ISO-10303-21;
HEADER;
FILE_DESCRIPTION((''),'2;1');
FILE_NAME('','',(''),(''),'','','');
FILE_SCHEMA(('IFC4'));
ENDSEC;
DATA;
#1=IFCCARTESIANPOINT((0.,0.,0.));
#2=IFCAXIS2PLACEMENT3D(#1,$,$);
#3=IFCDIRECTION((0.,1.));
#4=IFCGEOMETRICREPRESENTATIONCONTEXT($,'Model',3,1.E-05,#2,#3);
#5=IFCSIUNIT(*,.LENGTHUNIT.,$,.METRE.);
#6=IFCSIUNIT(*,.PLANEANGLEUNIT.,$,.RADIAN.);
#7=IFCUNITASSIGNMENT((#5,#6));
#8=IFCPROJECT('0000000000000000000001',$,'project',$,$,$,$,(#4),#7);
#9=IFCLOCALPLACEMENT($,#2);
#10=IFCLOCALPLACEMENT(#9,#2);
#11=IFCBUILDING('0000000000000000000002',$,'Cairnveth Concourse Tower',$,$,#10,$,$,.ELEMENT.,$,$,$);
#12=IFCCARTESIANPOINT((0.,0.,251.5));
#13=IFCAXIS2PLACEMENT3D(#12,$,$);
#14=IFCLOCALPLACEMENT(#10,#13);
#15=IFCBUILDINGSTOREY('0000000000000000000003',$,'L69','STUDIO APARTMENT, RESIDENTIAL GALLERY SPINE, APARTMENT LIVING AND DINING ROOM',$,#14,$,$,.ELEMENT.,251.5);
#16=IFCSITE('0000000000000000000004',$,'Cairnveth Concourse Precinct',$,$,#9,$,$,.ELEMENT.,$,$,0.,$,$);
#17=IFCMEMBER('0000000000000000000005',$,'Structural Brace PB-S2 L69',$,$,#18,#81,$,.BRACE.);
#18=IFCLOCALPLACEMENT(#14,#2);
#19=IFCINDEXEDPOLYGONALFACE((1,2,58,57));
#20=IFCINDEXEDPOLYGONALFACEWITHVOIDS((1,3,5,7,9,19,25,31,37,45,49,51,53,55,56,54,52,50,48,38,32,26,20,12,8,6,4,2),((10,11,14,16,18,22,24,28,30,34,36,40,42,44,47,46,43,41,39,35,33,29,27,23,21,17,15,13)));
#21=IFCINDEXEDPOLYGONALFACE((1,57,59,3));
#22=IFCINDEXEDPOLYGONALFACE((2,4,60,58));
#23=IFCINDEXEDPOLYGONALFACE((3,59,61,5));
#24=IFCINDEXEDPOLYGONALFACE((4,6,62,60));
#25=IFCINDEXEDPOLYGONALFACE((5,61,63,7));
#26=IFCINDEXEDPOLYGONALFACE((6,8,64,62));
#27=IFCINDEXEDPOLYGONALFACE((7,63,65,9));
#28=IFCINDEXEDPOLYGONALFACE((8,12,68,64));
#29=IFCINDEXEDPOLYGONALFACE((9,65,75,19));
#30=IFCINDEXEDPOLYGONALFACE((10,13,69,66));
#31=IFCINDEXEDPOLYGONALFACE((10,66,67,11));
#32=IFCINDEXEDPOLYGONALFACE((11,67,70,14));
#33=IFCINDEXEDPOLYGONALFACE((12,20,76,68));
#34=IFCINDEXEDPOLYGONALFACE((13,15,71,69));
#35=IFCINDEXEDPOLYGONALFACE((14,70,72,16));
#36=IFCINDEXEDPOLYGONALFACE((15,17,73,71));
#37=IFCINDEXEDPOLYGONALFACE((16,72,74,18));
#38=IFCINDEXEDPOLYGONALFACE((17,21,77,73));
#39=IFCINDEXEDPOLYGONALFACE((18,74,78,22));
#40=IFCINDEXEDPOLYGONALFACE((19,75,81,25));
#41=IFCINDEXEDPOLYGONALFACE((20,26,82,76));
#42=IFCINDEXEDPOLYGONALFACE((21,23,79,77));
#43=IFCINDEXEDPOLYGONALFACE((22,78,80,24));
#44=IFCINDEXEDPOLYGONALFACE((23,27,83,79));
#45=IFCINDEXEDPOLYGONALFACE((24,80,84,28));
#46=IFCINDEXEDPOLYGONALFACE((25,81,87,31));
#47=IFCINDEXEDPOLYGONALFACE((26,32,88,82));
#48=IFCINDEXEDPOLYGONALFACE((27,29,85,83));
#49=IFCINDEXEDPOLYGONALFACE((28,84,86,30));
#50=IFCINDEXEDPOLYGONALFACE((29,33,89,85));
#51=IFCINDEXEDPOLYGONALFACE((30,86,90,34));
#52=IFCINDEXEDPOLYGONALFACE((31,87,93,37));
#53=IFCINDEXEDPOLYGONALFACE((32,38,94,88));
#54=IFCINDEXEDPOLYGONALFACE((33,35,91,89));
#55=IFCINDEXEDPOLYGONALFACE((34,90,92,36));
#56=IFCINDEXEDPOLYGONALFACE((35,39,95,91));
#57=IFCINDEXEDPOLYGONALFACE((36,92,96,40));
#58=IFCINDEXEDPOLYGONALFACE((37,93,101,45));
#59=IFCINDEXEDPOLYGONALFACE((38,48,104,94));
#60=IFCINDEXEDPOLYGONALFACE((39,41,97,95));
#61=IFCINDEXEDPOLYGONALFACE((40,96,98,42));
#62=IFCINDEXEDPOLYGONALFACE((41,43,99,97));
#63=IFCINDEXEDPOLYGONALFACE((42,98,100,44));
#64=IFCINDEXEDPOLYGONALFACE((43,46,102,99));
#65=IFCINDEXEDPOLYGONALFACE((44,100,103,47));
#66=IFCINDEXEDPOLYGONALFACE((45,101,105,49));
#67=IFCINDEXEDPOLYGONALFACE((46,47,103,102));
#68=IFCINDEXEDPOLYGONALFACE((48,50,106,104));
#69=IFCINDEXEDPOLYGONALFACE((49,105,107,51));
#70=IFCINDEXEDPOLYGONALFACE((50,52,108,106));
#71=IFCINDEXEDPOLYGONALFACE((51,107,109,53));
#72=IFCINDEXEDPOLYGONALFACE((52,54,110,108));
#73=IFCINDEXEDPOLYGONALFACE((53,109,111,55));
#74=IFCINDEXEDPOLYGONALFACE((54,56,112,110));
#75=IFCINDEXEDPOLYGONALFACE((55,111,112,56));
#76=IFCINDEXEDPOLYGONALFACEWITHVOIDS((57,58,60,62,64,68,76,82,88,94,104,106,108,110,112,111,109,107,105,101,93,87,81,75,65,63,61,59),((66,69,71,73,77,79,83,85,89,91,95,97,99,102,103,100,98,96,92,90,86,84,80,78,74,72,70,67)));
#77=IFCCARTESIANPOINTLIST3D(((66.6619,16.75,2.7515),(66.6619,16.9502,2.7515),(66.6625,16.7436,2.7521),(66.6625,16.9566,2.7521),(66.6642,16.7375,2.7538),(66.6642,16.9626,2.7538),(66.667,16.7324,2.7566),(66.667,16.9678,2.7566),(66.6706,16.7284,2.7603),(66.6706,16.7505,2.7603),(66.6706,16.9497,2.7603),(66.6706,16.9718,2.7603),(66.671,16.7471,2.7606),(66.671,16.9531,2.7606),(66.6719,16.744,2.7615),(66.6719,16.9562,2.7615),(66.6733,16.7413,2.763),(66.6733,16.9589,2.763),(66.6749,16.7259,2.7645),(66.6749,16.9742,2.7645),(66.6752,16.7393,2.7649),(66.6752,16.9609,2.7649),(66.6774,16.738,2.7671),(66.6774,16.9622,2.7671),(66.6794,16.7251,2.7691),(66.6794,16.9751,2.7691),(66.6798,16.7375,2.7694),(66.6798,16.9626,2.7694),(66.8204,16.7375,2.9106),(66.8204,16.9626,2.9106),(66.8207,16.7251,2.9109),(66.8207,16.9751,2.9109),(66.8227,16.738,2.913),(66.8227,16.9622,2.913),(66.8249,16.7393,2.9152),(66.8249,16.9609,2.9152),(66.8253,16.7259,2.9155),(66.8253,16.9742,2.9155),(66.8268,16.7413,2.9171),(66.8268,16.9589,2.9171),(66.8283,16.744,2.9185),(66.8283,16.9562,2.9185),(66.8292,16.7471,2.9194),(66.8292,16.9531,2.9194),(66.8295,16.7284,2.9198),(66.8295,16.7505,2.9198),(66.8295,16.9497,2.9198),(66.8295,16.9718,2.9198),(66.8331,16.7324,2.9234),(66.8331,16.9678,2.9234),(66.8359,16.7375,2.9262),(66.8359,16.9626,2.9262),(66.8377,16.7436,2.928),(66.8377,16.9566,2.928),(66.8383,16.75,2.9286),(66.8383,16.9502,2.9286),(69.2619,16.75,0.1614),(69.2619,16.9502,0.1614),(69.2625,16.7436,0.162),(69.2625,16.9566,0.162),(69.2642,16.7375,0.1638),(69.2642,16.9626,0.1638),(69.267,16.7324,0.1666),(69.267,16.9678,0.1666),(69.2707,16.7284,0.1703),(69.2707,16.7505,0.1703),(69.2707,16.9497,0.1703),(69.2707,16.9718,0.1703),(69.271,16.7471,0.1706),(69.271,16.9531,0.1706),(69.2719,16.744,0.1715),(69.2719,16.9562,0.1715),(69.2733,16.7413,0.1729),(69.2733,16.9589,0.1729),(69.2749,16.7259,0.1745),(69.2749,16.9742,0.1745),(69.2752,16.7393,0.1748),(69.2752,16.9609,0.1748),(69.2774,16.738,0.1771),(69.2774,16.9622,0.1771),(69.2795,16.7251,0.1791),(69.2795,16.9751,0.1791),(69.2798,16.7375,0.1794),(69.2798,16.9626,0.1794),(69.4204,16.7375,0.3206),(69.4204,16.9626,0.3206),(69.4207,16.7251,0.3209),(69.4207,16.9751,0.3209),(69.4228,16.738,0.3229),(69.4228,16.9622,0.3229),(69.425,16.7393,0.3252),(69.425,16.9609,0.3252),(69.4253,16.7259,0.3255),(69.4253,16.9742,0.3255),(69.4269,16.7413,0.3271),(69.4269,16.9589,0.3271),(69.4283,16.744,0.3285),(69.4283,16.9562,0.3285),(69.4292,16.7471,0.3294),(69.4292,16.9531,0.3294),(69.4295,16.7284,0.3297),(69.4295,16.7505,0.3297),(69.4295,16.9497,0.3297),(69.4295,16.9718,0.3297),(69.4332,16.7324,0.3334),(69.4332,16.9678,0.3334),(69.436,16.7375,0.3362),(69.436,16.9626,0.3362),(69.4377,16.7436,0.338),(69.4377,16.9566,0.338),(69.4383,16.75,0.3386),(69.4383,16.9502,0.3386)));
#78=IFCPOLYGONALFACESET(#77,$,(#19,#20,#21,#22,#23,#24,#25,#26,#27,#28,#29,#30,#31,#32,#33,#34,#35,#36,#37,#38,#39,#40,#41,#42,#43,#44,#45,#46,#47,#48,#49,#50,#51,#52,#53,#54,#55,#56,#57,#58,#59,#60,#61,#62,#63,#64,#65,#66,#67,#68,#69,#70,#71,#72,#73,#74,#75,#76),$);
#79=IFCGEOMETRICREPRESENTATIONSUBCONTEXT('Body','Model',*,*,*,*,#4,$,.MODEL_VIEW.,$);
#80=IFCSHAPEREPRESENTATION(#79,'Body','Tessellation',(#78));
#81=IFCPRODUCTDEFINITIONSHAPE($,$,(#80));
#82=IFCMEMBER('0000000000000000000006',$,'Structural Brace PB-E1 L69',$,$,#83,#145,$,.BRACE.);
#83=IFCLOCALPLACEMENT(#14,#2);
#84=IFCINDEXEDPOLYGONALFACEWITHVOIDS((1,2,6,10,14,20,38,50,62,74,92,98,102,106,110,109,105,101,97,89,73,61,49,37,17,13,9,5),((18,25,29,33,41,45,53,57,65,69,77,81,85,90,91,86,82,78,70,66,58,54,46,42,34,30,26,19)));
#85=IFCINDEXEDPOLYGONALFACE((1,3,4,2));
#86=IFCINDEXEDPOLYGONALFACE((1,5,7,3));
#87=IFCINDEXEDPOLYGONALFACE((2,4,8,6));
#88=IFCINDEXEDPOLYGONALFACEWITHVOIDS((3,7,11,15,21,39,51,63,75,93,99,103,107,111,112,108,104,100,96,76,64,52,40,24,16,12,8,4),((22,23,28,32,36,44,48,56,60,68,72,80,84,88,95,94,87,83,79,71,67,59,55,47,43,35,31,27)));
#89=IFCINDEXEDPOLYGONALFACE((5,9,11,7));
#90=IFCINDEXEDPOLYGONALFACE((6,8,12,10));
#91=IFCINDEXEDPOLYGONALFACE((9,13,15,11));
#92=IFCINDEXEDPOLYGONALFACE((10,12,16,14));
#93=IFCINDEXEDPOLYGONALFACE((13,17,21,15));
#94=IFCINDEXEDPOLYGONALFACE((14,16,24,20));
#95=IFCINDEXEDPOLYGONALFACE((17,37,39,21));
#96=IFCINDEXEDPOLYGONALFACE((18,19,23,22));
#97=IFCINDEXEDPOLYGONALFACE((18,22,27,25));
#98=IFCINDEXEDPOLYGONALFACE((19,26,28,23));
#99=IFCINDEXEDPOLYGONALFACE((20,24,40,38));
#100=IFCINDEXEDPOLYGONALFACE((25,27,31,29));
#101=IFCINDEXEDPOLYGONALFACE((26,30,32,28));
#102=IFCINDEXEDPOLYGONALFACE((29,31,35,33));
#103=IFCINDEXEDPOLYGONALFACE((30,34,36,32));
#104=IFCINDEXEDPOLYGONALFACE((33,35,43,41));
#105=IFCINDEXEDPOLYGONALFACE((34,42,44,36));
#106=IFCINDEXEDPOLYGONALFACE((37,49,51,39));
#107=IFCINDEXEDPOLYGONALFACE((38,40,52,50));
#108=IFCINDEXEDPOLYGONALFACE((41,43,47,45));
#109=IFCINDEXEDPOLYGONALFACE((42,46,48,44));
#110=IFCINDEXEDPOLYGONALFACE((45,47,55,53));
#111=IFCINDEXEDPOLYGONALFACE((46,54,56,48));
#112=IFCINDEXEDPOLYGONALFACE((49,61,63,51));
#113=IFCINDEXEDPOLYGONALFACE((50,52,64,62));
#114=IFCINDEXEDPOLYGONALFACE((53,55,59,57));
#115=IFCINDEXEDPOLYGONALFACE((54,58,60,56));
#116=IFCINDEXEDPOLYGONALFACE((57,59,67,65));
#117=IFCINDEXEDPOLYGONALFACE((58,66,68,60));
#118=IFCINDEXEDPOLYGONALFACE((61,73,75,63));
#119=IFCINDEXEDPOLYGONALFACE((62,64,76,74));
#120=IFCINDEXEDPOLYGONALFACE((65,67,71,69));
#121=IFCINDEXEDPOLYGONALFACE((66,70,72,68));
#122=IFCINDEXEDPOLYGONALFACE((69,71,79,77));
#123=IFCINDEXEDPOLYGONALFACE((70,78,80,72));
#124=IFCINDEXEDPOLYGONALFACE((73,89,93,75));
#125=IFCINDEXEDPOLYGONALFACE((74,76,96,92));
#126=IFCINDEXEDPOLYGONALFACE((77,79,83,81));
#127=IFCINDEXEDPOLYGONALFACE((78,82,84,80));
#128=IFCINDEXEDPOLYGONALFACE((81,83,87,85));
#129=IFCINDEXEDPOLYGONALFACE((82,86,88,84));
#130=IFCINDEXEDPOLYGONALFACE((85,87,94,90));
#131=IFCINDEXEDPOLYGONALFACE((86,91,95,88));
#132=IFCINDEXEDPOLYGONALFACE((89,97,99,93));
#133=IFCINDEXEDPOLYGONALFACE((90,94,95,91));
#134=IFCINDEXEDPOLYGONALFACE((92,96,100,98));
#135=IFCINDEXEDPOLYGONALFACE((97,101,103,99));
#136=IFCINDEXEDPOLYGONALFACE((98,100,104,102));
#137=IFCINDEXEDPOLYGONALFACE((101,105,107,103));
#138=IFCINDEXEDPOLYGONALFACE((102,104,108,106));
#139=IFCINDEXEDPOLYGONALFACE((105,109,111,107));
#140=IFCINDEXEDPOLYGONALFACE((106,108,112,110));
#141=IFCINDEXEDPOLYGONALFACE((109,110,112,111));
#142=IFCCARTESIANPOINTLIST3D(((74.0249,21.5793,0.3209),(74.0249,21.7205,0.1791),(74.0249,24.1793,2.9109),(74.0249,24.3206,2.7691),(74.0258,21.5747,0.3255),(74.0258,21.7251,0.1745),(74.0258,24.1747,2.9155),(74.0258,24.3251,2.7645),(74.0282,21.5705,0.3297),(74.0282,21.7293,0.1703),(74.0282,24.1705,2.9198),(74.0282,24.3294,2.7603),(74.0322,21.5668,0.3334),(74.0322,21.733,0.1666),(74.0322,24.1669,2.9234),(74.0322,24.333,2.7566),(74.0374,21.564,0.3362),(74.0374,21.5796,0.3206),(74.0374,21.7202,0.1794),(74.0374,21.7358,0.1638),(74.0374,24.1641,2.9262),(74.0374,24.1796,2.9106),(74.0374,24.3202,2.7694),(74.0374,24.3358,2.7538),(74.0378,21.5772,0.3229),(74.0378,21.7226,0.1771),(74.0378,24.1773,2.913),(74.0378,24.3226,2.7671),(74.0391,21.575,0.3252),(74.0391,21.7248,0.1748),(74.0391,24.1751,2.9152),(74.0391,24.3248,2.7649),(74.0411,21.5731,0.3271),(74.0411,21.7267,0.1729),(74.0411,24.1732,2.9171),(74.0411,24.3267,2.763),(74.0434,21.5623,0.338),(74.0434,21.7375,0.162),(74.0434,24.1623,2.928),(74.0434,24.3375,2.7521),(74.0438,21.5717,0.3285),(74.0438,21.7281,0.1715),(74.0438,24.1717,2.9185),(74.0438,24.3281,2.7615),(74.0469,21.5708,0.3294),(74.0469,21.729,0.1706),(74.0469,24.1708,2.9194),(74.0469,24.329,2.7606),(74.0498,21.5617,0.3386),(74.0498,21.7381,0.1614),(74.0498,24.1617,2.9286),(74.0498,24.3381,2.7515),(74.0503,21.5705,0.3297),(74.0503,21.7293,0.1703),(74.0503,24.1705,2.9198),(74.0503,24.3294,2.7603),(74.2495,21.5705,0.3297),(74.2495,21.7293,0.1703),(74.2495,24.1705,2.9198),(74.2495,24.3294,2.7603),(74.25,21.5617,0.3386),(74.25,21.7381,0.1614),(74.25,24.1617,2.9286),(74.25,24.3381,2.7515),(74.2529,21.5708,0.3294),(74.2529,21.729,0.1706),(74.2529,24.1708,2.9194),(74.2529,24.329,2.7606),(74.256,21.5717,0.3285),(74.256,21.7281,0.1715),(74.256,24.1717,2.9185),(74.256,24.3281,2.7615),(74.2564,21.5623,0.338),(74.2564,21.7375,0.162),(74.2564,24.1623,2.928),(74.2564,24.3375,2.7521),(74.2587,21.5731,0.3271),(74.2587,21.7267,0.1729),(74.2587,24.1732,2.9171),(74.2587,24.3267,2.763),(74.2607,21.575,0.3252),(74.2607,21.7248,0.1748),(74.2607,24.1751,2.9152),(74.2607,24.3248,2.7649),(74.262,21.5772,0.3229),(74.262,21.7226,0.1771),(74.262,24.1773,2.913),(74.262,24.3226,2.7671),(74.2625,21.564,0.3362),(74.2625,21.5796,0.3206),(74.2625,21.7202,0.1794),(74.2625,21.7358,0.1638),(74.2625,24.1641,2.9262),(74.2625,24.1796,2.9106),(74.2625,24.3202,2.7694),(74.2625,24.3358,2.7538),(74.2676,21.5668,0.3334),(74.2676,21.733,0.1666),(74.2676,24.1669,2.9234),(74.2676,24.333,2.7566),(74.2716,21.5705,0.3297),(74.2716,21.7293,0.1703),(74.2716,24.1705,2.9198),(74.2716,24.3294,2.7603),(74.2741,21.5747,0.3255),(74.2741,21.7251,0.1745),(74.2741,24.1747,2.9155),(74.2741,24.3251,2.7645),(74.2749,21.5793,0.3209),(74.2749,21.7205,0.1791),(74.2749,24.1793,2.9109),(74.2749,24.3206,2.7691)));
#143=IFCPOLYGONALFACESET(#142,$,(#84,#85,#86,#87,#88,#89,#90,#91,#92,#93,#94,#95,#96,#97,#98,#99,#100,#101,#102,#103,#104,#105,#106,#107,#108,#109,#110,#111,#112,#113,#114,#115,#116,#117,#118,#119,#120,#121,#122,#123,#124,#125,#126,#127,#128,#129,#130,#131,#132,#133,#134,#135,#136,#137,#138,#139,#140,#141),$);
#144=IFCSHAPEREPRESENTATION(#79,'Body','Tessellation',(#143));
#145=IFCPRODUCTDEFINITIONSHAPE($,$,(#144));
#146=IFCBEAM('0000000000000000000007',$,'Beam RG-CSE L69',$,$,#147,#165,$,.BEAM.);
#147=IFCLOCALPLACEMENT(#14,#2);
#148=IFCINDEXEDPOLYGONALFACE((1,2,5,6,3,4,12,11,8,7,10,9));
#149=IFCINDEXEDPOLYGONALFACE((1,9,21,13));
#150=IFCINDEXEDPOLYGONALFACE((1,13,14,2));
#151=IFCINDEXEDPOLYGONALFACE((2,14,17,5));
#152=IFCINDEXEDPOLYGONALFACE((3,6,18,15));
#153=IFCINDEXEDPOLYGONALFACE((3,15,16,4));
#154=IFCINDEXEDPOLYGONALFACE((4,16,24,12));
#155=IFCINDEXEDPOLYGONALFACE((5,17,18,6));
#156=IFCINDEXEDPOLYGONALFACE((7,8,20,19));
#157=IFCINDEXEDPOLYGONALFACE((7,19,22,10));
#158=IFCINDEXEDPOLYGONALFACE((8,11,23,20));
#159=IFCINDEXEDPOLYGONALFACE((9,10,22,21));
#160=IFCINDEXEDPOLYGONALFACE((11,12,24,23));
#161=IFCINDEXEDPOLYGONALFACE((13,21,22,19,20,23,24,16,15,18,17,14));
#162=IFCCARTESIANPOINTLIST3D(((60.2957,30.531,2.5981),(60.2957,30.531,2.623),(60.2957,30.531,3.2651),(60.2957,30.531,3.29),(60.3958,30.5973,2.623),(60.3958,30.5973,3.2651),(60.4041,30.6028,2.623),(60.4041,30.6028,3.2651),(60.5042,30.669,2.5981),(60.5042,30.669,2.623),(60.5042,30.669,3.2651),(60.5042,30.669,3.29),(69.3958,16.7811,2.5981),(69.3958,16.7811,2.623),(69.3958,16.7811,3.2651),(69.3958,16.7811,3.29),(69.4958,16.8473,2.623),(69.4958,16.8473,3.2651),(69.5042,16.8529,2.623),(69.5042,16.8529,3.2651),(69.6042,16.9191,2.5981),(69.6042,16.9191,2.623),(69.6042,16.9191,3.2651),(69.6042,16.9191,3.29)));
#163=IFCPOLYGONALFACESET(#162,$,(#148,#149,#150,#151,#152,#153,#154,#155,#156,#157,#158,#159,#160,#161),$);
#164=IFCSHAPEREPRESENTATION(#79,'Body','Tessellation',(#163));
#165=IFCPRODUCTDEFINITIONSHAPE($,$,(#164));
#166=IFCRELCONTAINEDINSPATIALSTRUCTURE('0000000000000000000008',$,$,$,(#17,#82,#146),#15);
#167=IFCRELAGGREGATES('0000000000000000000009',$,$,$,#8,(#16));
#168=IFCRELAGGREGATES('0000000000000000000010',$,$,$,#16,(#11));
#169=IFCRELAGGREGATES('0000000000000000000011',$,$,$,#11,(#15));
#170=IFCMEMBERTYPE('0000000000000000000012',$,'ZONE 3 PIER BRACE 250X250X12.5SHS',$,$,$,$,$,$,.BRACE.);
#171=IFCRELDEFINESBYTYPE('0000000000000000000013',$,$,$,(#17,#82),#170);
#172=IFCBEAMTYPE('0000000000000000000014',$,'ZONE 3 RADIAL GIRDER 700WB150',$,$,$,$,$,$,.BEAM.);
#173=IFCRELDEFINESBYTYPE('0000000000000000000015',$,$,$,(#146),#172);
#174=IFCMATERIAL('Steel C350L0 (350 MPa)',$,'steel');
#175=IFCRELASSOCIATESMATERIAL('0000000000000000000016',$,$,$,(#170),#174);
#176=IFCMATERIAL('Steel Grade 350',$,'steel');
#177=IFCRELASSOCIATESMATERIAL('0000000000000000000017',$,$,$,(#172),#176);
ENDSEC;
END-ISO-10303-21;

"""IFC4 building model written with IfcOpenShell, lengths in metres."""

from ifc_helpers import new_model, si_unit, direction, frame, origin, origin_2d, place, context, subcontext, project, spatial, hollow_rectangle, i_section, extrude, material, material_profile, profile_set, type_object, element, save


model = new_model("IFC4")

# Units and contexts
model_context = context("Model", 3, precision=1e-05, world=origin(), true_north=direction((0.0, 1.0)))
body_context = subcontext(model_context, "Body", "Model", "MODEL_VIEW")
ifc_project = project(units=[si_unit("LENGTHUNIT", "METRE"), si_unit("PLANEANGLEUNIT", "RADIAN")], contexts=[model_context])

# Site, building, storey
site_placement = place(None, origin())
site = spatial("IfcSite", under=ifc_project, at=site_placement, Name="Cairnveth Concourse Precinct", CompositionType="ELEMENT", RefElevation=0.0)
building_placement = place(site_placement, origin())
building = spatial("IfcBuilding", under=site, at=building_placement, Name="Cairnveth Concourse Tower", CompositionType="ELEMENT")
storey_placement = place(building_placement, frame((0.0, 0.0, 251.5)))
storey = spatial("IfcBuildingStorey", under=building, at=storey_placement, Name="L69", Description="STUDIO APARTMENT, RESIDENTIAL GALLERY SPINE, APARTMENT LIVING AND DINING ROOM", CompositionType="ELEMENT", Elevation=251.5)

# Shared definitions
ifc_material_1 = material(Name="Steel Grade 350", Category="steel")

# Members
ifc_material_2 = material(Name="Steel C350L0 (350 MPa)", Category="steel")
ifc_material_profile_1 = material_profile(ifc_material_2, hollow_rectangle(XDim=0.25, YDim=0.25, WallThickness=0.0125, InnerFilletRadius=0.0129, OuterFilletRadius=0.0249, at=origin_2d()), Name="250x250x12.5SHS")
ifc_profile_set_1 = profile_set([ifc_material_profile_1], Name="Steel C350L0 (350 MPa)")
member_type = type_object("IfcMemberType", Name="ZONE 3 PIER BRACE 250X250X12.5SHS", PredefinedType="BRACE", material=ifc_profile_set_1)
for number, where, z_axis, x_axis, name in (
    (1, (69.3501, 16.8501, 0.25), (-0.708469, 0.0, 0.705742), (0.0, -1.0, 0.0), "Structural Brace PB-S2 L69"),
    (2, (74.1499, 21.6499, 0.25), (0.0, 0.708469, 0.705742), (-1.0, 0.0, 0.0), "Structural Brace PB-E1 L69"),
):
    element("IfcMember", number, at=place(storey_placement, frame(where, z_axis=z_axis, x_axis=x_axis)), inside=storey, type_object=member_type, Name=name, PredefinedType="BRACE", context=body_context, shape_type="SweptSolid", body=[
        extrude(hollow_rectangle(XDim=0.25, YDim=0.25, WallThickness=0.0125, InnerFilletRadius=0.0129, OuterFilletRadius=0.0249, at=origin_2d()), origin(), (0.0, 0.0, 1.0), 3.6699),
    ])

# Beam
ifc_material_profile_2 = material_profile(ifc_material_1, i_section(OverallWidth=0.25, OverallDepth=0.6919, WebThickness=0.01, FlangeThickness=0.0249, at=origin_2d()), Name="700WB150")
ifc_profile_set_2 = profile_set([ifc_material_profile_2], Name="Steel Grade 350")
beam_type_1 = type_object("IfcBeamType", Name="ZONE 3 RADIAL GIRDER 700WB150", PredefinedType="BEAM", material=ifc_profile_set_2)
beam_1_placement = place(storey_placement, frame((69.5, 16.8501, 2.9441), z_axis=(-0.551902, 0.833909, 0.0), x_axis=(-0.833909, -0.551902, 0.0)))
element("IfcBeam", 3, at=beam_1_placement, inside=storey, type_object=beam_type_1, Name="Beam RG-CSE L69", PredefinedType="BEAM", context=body_context, shape_type="SweptSolid", body=[
    extrude(i_section(OverallWidth=0.25, OverallDepth=0.6919, WebThickness=0.01, FlangeThickness=0.0249, at=origin_2d()), origin(), (0.0, 0.0, 1.0), 16.4885),
])

save(model, "model.ifc")
